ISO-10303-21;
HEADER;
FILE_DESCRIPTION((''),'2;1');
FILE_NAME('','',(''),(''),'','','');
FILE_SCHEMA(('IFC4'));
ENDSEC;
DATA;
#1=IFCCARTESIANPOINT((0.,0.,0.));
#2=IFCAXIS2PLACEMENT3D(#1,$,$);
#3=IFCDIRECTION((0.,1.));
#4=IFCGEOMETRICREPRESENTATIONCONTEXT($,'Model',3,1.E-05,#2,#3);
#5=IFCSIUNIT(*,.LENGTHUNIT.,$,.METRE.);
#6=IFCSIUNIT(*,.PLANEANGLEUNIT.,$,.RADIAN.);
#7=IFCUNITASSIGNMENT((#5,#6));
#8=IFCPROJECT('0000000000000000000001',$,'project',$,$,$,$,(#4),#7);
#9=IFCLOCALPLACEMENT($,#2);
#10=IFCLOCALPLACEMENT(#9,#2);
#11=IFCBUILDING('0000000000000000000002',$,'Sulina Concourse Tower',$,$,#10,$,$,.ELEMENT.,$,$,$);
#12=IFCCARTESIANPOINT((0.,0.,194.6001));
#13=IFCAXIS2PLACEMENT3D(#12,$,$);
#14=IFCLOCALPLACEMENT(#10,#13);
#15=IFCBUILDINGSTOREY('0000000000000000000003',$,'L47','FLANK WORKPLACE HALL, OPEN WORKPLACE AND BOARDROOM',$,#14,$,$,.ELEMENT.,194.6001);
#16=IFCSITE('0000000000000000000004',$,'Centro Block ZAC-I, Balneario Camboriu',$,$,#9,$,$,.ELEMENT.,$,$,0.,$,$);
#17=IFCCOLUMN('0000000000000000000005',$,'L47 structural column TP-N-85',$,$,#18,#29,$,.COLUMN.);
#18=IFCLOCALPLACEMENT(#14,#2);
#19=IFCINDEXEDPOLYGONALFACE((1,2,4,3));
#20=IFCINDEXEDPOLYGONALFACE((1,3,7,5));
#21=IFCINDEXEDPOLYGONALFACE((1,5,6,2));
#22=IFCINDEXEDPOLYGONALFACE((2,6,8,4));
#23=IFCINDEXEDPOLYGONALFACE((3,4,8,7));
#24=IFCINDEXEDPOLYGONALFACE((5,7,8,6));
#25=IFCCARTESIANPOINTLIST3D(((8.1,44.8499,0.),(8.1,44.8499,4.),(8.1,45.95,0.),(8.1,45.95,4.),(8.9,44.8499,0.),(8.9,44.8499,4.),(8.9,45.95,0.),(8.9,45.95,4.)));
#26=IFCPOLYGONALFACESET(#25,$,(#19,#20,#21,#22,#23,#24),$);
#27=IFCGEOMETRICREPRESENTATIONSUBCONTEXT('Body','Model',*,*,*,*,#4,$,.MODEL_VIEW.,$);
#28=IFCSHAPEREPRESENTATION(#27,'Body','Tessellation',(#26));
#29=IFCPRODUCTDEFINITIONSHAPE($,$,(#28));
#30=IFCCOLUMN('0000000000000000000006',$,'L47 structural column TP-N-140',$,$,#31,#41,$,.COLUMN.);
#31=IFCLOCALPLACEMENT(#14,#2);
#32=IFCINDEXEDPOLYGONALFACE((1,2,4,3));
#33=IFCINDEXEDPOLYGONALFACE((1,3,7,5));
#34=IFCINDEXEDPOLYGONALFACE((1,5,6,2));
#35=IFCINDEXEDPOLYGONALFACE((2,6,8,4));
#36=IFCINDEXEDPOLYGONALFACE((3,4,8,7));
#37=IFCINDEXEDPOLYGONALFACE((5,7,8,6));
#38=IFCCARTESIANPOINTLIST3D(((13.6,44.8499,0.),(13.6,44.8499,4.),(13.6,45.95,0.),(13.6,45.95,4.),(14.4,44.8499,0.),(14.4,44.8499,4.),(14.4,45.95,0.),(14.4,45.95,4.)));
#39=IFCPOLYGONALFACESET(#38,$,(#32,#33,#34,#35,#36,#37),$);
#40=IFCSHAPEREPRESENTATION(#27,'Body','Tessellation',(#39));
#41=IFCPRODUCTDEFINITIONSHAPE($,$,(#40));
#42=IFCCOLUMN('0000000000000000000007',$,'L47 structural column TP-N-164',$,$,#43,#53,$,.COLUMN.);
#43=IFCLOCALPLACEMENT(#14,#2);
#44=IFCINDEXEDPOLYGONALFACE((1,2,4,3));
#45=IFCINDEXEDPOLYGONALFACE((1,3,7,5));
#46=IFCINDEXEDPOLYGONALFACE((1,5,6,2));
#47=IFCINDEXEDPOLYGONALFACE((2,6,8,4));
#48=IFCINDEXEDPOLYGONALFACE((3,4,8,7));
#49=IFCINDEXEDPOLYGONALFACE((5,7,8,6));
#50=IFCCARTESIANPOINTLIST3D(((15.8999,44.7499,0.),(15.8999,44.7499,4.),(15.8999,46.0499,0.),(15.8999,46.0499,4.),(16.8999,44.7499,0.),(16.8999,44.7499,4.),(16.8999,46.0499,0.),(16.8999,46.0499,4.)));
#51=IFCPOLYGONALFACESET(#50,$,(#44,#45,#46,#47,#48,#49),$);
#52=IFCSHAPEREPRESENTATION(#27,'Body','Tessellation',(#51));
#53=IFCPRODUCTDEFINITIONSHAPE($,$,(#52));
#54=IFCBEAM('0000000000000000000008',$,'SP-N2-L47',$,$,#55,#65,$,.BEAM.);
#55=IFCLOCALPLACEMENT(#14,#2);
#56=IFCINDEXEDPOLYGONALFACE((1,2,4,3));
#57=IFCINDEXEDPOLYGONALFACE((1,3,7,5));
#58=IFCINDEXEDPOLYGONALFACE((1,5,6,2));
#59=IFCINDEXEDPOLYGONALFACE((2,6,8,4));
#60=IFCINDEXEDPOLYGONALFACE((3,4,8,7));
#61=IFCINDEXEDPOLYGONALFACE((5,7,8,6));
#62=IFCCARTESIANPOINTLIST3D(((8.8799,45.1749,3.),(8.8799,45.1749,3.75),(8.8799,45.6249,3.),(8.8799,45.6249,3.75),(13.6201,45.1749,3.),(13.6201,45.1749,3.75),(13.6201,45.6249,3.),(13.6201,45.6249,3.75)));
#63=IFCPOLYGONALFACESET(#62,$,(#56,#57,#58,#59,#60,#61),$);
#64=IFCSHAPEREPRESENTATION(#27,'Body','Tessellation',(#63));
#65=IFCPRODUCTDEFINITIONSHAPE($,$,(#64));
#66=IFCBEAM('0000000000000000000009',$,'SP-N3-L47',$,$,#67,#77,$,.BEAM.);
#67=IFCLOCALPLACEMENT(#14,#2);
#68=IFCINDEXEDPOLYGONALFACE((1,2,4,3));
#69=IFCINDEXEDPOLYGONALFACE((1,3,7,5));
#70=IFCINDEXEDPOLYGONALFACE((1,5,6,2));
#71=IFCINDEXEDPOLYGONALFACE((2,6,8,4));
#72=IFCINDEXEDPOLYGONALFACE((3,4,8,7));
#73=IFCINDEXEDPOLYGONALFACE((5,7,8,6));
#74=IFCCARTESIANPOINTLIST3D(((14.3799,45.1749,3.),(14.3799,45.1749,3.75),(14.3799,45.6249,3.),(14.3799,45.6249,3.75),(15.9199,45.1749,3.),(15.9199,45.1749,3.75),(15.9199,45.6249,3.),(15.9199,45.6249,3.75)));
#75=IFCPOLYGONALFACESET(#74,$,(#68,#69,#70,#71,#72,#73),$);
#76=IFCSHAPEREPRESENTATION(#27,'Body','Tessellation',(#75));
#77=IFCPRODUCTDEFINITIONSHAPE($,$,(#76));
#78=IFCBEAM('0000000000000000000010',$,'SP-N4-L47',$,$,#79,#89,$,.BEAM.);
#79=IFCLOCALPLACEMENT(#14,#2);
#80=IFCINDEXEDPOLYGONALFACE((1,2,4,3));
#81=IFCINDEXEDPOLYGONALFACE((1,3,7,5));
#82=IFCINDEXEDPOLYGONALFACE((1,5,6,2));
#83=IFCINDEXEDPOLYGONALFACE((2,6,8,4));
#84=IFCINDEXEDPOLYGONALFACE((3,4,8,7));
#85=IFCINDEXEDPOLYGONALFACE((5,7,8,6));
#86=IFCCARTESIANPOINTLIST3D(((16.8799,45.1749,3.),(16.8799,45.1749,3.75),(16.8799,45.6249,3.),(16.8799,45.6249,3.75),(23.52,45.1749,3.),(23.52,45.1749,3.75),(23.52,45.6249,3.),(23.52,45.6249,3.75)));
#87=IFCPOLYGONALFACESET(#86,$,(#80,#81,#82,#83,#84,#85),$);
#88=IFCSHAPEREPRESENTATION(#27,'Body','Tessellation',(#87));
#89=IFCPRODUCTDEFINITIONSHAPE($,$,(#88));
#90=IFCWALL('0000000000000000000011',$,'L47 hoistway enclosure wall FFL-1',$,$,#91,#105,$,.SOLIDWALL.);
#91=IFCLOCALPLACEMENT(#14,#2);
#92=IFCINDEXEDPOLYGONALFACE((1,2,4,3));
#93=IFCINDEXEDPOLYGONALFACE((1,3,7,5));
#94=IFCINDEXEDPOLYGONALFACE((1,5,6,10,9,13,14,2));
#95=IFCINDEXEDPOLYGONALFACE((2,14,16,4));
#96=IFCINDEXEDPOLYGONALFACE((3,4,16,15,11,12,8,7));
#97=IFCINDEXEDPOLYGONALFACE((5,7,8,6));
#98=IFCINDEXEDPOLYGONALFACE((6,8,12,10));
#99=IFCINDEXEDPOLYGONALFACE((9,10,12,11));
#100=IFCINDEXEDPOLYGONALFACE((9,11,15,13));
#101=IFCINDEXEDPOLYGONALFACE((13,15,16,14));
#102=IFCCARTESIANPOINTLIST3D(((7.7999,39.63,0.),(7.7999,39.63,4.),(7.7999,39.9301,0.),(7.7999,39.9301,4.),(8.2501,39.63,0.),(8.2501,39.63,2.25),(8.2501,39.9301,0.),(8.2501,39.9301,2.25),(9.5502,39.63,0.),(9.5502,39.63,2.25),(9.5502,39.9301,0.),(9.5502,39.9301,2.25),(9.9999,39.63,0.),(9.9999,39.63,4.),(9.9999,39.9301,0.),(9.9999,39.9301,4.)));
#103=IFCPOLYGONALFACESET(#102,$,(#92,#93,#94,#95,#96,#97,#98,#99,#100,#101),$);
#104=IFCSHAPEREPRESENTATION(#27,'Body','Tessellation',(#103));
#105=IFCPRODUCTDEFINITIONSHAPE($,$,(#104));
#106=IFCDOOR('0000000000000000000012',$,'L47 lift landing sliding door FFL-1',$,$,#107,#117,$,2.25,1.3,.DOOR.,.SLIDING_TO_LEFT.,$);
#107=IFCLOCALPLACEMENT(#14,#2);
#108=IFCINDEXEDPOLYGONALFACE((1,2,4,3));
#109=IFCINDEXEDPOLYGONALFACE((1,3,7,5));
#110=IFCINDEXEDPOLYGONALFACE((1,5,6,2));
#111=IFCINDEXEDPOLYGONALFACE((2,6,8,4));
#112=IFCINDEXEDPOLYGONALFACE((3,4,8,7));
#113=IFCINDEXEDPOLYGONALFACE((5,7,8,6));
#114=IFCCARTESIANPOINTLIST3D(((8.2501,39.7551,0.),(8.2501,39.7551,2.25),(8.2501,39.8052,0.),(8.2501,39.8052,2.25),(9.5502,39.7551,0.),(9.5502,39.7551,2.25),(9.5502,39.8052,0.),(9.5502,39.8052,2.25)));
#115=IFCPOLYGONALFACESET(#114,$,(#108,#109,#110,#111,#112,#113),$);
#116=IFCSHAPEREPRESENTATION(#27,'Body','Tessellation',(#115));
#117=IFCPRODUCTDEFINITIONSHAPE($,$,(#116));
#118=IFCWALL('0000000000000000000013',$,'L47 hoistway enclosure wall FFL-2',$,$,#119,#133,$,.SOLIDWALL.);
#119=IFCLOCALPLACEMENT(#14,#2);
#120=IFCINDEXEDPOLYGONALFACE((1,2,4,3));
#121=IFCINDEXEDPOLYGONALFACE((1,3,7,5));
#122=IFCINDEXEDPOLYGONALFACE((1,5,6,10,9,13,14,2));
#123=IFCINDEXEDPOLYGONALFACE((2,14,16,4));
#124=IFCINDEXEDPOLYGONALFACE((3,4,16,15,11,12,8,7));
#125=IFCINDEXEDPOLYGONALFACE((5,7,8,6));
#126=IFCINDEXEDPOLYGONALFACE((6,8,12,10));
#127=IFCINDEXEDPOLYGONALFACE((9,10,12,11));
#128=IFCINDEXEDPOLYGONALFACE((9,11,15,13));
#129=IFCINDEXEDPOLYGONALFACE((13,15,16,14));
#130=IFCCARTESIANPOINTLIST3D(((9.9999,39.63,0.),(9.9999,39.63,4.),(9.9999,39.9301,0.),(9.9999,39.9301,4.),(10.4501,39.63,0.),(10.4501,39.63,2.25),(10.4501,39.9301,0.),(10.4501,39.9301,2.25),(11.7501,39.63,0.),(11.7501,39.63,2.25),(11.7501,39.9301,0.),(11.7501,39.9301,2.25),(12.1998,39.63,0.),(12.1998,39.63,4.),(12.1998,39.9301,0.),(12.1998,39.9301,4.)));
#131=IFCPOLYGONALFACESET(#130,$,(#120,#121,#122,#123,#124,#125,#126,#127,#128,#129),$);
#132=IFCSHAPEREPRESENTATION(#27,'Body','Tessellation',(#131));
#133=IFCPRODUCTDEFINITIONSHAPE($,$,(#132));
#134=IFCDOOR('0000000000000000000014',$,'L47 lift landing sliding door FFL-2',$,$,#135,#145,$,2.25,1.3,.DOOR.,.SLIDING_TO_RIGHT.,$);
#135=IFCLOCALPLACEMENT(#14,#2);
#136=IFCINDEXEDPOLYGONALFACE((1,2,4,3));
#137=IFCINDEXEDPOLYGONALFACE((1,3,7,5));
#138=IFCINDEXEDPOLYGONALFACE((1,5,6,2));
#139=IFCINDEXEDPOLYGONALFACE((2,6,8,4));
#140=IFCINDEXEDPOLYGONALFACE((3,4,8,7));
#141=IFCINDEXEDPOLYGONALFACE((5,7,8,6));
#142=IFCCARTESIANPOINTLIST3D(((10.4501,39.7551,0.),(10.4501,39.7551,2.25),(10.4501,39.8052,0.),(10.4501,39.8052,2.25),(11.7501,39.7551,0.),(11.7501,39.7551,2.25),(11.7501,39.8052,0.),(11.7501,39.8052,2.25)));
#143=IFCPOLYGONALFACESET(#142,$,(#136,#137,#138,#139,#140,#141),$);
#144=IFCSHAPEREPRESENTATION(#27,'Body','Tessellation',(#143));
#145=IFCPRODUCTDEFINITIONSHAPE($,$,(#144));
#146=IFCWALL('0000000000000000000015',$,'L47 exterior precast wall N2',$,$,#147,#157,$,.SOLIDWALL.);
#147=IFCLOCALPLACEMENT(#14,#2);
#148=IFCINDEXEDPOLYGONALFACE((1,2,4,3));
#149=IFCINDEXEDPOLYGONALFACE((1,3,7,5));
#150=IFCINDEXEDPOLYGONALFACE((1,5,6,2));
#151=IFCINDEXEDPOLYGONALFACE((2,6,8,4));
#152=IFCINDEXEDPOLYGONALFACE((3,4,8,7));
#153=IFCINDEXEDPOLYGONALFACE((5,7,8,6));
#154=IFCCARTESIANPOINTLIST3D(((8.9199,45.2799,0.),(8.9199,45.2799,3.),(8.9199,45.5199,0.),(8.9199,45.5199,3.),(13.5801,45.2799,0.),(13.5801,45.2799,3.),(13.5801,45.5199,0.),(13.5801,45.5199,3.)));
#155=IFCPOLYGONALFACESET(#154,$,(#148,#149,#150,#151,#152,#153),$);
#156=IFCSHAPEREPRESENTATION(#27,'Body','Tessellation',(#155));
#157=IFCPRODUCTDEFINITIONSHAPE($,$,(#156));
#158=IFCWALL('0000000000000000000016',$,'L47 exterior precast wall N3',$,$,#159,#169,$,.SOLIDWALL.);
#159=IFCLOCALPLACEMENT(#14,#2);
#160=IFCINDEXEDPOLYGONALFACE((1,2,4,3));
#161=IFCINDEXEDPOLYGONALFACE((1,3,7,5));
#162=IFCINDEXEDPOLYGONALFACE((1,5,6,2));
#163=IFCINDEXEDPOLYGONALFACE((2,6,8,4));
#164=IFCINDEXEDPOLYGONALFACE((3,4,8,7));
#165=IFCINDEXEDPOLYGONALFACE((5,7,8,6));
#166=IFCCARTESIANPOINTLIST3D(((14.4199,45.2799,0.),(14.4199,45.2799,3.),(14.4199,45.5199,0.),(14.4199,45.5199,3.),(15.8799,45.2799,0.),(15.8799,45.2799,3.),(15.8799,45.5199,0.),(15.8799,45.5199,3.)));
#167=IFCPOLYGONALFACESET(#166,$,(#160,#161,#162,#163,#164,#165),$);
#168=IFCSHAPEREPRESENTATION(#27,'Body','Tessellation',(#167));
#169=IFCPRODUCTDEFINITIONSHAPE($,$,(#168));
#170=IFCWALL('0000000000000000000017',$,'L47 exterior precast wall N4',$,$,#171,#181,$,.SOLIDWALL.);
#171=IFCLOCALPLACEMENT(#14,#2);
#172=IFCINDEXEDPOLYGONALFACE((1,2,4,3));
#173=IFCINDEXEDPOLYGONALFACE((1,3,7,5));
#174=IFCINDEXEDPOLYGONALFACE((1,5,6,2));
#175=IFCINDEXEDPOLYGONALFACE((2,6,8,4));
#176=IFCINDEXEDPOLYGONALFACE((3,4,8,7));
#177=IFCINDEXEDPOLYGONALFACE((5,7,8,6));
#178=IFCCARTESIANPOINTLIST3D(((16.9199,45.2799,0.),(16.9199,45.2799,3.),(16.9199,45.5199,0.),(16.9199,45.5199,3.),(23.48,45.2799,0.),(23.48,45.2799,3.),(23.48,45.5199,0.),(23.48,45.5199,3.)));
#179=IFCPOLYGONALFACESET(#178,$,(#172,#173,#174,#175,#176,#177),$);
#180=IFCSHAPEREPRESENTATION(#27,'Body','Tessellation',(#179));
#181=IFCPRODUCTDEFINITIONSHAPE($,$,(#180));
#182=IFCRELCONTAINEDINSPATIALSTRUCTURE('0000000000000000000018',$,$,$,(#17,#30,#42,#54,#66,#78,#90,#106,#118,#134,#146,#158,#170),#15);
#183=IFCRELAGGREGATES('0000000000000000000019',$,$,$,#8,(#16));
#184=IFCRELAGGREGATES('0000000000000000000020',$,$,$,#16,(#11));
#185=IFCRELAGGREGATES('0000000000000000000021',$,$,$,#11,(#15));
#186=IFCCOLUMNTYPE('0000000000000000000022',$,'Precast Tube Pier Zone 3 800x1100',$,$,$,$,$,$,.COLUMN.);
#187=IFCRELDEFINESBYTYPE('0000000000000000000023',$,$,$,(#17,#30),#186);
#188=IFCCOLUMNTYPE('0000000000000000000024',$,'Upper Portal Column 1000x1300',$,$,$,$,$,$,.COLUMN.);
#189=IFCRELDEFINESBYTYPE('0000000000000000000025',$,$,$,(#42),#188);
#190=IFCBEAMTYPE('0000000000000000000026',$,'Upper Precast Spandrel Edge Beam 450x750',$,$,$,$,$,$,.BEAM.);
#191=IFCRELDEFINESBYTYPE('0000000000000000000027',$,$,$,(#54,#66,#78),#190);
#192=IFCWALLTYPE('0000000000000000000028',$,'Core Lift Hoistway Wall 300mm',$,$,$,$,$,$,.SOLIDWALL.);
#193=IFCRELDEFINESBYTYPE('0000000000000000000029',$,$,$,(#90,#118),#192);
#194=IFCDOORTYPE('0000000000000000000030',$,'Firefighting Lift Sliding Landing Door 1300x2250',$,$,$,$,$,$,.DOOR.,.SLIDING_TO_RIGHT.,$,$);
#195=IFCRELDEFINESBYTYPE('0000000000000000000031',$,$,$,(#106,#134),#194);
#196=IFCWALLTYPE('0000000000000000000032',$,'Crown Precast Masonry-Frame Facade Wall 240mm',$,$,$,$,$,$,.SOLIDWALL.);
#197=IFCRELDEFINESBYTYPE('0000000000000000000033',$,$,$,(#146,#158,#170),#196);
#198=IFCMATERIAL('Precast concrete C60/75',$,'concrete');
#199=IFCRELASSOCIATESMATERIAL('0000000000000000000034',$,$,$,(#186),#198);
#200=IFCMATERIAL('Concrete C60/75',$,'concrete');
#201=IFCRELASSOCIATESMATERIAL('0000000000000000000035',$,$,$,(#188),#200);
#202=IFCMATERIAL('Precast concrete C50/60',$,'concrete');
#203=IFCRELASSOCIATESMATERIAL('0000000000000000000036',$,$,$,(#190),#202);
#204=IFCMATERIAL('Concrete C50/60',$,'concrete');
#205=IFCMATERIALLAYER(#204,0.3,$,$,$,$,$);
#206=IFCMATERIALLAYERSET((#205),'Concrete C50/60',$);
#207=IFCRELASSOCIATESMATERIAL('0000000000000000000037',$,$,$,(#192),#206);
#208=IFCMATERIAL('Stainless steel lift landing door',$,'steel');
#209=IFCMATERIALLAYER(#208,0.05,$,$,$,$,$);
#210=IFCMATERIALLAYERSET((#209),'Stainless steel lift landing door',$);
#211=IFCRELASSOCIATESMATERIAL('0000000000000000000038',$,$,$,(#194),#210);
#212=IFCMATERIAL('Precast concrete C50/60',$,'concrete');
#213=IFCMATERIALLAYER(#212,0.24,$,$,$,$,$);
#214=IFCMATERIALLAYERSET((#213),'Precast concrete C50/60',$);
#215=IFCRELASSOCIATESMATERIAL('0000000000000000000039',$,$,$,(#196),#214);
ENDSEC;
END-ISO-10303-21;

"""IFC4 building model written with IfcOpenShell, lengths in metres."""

from ifc_helpers import new_model, si_unit, direction, frame, frame_2d, origin, origin_2d, place, context, subcontext, project, spatial, rectangle, extrude, material, layer, layer_set, material_profile, profile_set, type_object, element, fill, save


model = new_model("IFC4")

# Units and contexts
model_context = context("Model", 3, precision=1e-05, world=origin(), true_north=direction((0.0, 1.0)))
body_context = subcontext(model_context, "Body", "Model", "MODEL_VIEW")
ifc_project = project(units=[si_unit("LENGTHUNIT", "METRE"), si_unit("PLANEANGLEUNIT", "RADIAN")], contexts=[model_context])

# Site, building, storey
site_placement = place(None, origin())
site = spatial("IfcSite", under=ifc_project, at=site_placement, Name="Centro Block ZAC-I, Balneario Camboriu", CompositionType="ELEMENT", RefElevation=0.0)
building_placement = place(site_placement, origin())
building = spatial("IfcBuilding", under=site, at=building_placement, Name="Sulina Concourse Tower", CompositionType="ELEMENT")
storey_placement = place(building_placement, frame((0.0, 0.0, 194.6001)))
storey = spatial("IfcBuildingStorey", under=building, at=storey_placement, Name="L47", Description="FLANK WORKPLACE HALL, OPEN WORKPLACE AND BOARDROOM", CompositionType="ELEMENT", Elevation=194.6001)

# Columns
ifc_material_1 = material(Name="Precast concrete C60/75", Category="concrete")
ifc_material_profile_1 = material_profile(ifc_material_1, rectangle(XDim=0.8, YDim=1.1001, at=origin_2d()), Name="PC 800x1100")
ifc_profile_set_1 = profile_set([ifc_material_profile_1], Name="Precast concrete C60/75")
column_type_1 = type_object("IfcColumnType", Name="Precast Tube Pier Zone 3 800x1100", PredefinedType="COLUMN", material=ifc_profile_set_1)
for number, where, z_axis, x_axis, name in (
    (1, (8.5, 45.3999, 0.0), (0.0, 0.0, 1.0), (1.0, 0.0, 0.0), "L47 structural column TP-N-85"),
    (2, (14.0, 45.3999, 0.0), (0.0, 0.0, 1.0), (1.0, 0.0, 0.0), "L47 structural column TP-N-140"),
):
    element("IfcColumn", number, at=place(storey_placement, frame(where, z_axis=z_axis, x_axis=x_axis)), inside=storey, type_object=column_type_1, Name=name, PredefinedType="COLUMN", context=body_context, shape_type="SweptSolid", body=[
        extrude(rectangle(XDim=0.8, YDim=1.1001, at=origin_2d()), origin(), (0.0, 0.0, 1.0), 4.0),
    ])
ifc_material_2 = material(Name="Concrete C60/75", Category="concrete")
ifc_material_profile_2 = material_profile(ifc_material_2, rectangle(XDim=1.0, YDim=1.3, at=origin_2d()), Name="RC 1000x1300")
ifc_profile_set_2 = profile_set([ifc_material_profile_2], Name="Concrete C60/75")
column_type_2 = type_object("IfcColumnType", Name="Upper Portal Column 1000x1300", PredefinedType="COLUMN", material=ifc_profile_set_2)
column_placement = place(storey_placement, frame((16.3999, 45.3999, 0.0), z_axis=(0.0, 0.0, 1.0), x_axis=(1.0, 0.0, 0.0)))
element("IfcColumn", 3, at=column_placement, inside=storey, type_object=column_type_2, Name="L47 structural column TP-N-164", PredefinedType="COLUMN", context=body_context, shape_type="SweptSolid", body=[
    extrude(rectangle(XDim=1.0, YDim=1.3, at=origin_2d()), origin(), (0.0, 0.0, 1.0), 4.0),
])

# Beams
ifc_material_3 = material(Name="Precast concrete C50/60", Category="concrete")
ifc_material_profile_3 = material_profile(ifc_material_3, rectangle(XDim=0.45, YDim=0.75, at=origin_2d()), Name="RC 450x750")
ifc_profile_set_3 = profile_set([ifc_material_profile_3], Name="Precast concrete C50/60")
beam_type = type_object("IfcBeamType", Name="Upper Precast Spandrel Edge Beam 450x750", PredefinedType="BEAM", material=ifc_profile_set_3)
beam_1_placement = place(storey_placement, frame((8.8799, 45.3999, 3.375), z_axis=(1.0, 0.0, 0.0), x_axis=(0.0, 1.0, 0.0)))
element("IfcBeam", 4, at=beam_1_placement, inside=storey, type_object=beam_type, Name="SP-N2-L47", PredefinedType="BEAM", context=body_context, shape_type="SweptSolid", body=[
    extrude(rectangle(XDim=0.45, YDim=0.75, at=origin_2d()), origin(), (0.0, 0.0, 1.0), 4.7402),
])
beam_2_placement = place(storey_placement, frame((14.3799, 45.3999, 3.375), z_axis=(1.0, 0.0, 0.0), x_axis=(0.0, 1.0, 0.0)))
element("IfcBeam", 5, at=beam_2_placement, inside=storey, type_object=beam_type, Name="SP-N3-L47", PredefinedType="BEAM", context=body_context, shape_type="SweptSolid", body=[
    extrude(rectangle(XDim=0.45, YDim=0.75, at=origin_2d()), origin(), (0.0, 0.0, 1.0), 1.54),
])
beam_3_placement = place(storey_placement, frame((16.8799, 45.3999, 3.375), z_axis=(1.0, 0.0, 0.0), x_axis=(0.0, 1.0, 0.0)))
element("IfcBeam", 6, at=beam_3_placement, inside=storey, type_object=beam_type, Name="SP-N4-L47", PredefinedType="BEAM", context=body_context, shape_type="SweptSolid", body=[
    extrude(rectangle(XDim=0.45, YDim=0.75, at=origin_2d()), origin(), (0.0, 0.0, 1.0), 6.6401),
])

# Walls, openings, doors
ifc_material_4 = material(Name="Concrete C50/60", Category="concrete")
ifc_layer_1 = layer(ifc_material_4, 0.3)
ifc_layer_set_1 = layer_set([ifc_layer_1], Name="Concrete C50/60")
wall_type_1 = type_object("IfcWallType", Name="Core Lift Hoistway Wall 300mm", PredefinedType="SOLIDWALL", material=ifc_layer_set_1)
wall_1_placement = place(storey_placement, frame((10.0, 39.78, 0.0), z_axis=(0.0, 0.0, 1.0), x_axis=(-1.0, 0.0, 0.0)))
wall_1 = element("IfcWall", 7, at=wall_1_placement, inside=storey, type_object=wall_type_1, Name="L47 hoistway enclosure wall FFL-1", PredefinedType="SOLIDWALL", context=body_context, shape_type="SweptSolid", body=[
    extrude(rectangle(XDim=2.2, YDim=0.3, at=frame_2d((1.1001, 0.0))), origin(), (0.0, 0.0, 1.0), 4.0),
])
opening_1_placement = place(wall_1_placement, frame((0.45, 0.0, 0.0)))
opening_1 = element("IfcOpeningElement", 8, at=opening_1_placement, cuts=wall_1, PredefinedType="OPENING", context=body_context, shape_type="SweptSolid", body=[
    extrude(rectangle(XDim=1.3, YDim=2.25, at=frame_2d((0.6499, 1.125))), frame((0.0, 0.1599, 0.0), z_axis=(0.0, -1.0, 0.0), x_axis=(1.0, 0.0, 0.0)), (0.0, 0.0, 1.0), 0.3201),
])
ifc_material_5 = material(Name="Stainless steel lift landing door", Category="steel")
ifc_layer_2 = layer(ifc_material_5, 0.05)
ifc_layer_set_2 = layer_set([ifc_layer_2], Name="Stainless steel lift landing door")
door_type = type_object("IfcDoorType", Name="Firefighting Lift Sliding Landing Door 1300x2250", OperationType="SLIDING_TO_RIGHT", PredefinedType="DOOR", material=ifc_layer_set_2)
door_1_placement = place(opening_1_placement, origin())
door_1 = element("IfcDoor", 9, at=door_1_placement, inside=storey, type_object=door_type, Name="L47 lift landing sliding door FFL-1", OperationType="SLIDING_TO_LEFT", OverallHeight=2.25, OverallWidth=1.3, PredefinedType="DOOR", context=body_context, shape_type="SweptSolid", body=[
    extrude(rectangle(XDim=1.3, YDim=2.25, at=frame_2d((0.6499, 1.125))), frame((0.0, 0.0249, 0.0), z_axis=(0.0, -1.0, 0.0), x_axis=(1.0, 0.0, 0.0)), (0.0, 0.0, 1.0), 0.05),
])
fill(opening_1, door_1)
wall_2_placement = place(storey_placement, frame((12.2, 39.78, 0.0), z_axis=(0.0, 0.0, 1.0), x_axis=(-1.0, 0.0, 0.0)))
wall_2 = element("IfcWall", 10, at=wall_2_placement, inside=storey, type_object=wall_type_1, Name="L47 hoistway enclosure wall FFL-2", PredefinedType="SOLIDWALL", context=body_context, shape_type="SweptSolid", body=[
    extrude(rectangle(XDim=2.2, YDim=0.3, at=frame_2d((1.1001, 0.0))), origin(), (0.0, 0.0, 1.0), 4.0),
])
opening_2_placement = place(wall_2_placement, frame((0.45, 0.0, 0.0)))
opening_2 = element("IfcOpeningElement", 11, at=opening_2_placement, cuts=wall_2, PredefinedType="OPENING", context=body_context, shape_type="SweptSolid", body=[
    extrude(rectangle(XDim=1.3, YDim=2.25, at=frame_2d((0.6499, 1.125))), frame((0.0, 0.1599, 0.0), z_axis=(0.0, -1.0, 0.0), x_axis=(1.0, 0.0, 0.0)), (0.0, 0.0, 1.0), 0.3201),
])
door_2_placement = place(opening_2_placement, origin())
door_2 = element("IfcDoor", 12, at=door_2_placement, inside=storey, type_object=door_type, Name="L47 lift landing sliding door FFL-2", OperationType="SLIDING_TO_RIGHT", OverallHeight=2.25, OverallWidth=1.3, PredefinedType="DOOR", context=body_context, shape_type="SweptSolid", body=[
    extrude(rectangle(XDim=1.3, YDim=2.25, at=frame_2d((0.6499, 1.125))), frame((0.0, 0.0249, 0.0), z_axis=(0.0, -1.0, 0.0), x_axis=(1.0, 0.0, 0.0)), (0.0, 0.0, 1.0), 0.05),
])
fill(opening_2, door_2)

# Walls
ifc_material_6 = material(Name="Precast concrete C50/60", Category="concrete")
ifc_layer_3 = layer(ifc_material_6, 0.24)
ifc_layer_set_3 = layer_set([ifc_layer_3], Name="Precast concrete C50/60")
wall_type_2 = type_object("IfcWallType", Name="Crown Precast Masonry-Frame Facade Wall 240mm", PredefinedType="SOLIDWALL", material=ifc_layer_set_3)
wall_3_placement = place(storey_placement, frame((8.9199, 45.3999, 0.0), z_axis=(0.0, 0.0, 1.0), x_axis=(1.0, 0.0, 0.0)))
element("IfcWall", 13, at=wall_3_placement, inside=storey, type_object=wall_type_2, Name="L47 exterior precast wall N2", PredefinedType="SOLIDWALL", context=body_context, shape_type="SweptSolid", body=[
    extrude(rectangle(XDim=4.6602, YDim=0.24, at=frame_2d((2.3301, 0.0))), origin(), (0.0, 0.0, 1.0), 3.0),
])
wall_4_placement = place(storey_placement, frame((14.4199, 45.3999, 0.0), z_axis=(0.0, 0.0, 1.0), x_axis=(1.0, 0.0, 0.0)))
element("IfcWall", 14, at=wall_4_placement, inside=storey, type_object=wall_type_2, Name="L47 exterior precast wall N3", PredefinedType="SOLIDWALL", context=body_context, shape_type="SweptSolid", body=[
    extrude(rectangle(XDim=1.46, YDim=0.24, at=frame_2d((0.73, 0.0))), origin(), (0.0, 0.0, 1.0), 3.0),
])
wall_5_placement = place(storey_placement, frame((16.9199, 45.3999, 0.0), z_axis=(0.0, 0.0, 1.0), x_axis=(1.0, 0.0, 0.0)))
element("IfcWall", 15, at=wall_5_placement, inside=storey, type_object=wall_type_2, Name="L47 exterior precast wall N4", PredefinedType="SOLIDWALL", context=body_context, shape_type="SweptSolid", body=[
    extrude(rectangle(XDim=6.5601, YDim=0.24, at=frame_2d((3.28, 0.0))), origin(), (0.0, 0.0, 1.0), 3.0),
])

save(model, "model.ifc")
